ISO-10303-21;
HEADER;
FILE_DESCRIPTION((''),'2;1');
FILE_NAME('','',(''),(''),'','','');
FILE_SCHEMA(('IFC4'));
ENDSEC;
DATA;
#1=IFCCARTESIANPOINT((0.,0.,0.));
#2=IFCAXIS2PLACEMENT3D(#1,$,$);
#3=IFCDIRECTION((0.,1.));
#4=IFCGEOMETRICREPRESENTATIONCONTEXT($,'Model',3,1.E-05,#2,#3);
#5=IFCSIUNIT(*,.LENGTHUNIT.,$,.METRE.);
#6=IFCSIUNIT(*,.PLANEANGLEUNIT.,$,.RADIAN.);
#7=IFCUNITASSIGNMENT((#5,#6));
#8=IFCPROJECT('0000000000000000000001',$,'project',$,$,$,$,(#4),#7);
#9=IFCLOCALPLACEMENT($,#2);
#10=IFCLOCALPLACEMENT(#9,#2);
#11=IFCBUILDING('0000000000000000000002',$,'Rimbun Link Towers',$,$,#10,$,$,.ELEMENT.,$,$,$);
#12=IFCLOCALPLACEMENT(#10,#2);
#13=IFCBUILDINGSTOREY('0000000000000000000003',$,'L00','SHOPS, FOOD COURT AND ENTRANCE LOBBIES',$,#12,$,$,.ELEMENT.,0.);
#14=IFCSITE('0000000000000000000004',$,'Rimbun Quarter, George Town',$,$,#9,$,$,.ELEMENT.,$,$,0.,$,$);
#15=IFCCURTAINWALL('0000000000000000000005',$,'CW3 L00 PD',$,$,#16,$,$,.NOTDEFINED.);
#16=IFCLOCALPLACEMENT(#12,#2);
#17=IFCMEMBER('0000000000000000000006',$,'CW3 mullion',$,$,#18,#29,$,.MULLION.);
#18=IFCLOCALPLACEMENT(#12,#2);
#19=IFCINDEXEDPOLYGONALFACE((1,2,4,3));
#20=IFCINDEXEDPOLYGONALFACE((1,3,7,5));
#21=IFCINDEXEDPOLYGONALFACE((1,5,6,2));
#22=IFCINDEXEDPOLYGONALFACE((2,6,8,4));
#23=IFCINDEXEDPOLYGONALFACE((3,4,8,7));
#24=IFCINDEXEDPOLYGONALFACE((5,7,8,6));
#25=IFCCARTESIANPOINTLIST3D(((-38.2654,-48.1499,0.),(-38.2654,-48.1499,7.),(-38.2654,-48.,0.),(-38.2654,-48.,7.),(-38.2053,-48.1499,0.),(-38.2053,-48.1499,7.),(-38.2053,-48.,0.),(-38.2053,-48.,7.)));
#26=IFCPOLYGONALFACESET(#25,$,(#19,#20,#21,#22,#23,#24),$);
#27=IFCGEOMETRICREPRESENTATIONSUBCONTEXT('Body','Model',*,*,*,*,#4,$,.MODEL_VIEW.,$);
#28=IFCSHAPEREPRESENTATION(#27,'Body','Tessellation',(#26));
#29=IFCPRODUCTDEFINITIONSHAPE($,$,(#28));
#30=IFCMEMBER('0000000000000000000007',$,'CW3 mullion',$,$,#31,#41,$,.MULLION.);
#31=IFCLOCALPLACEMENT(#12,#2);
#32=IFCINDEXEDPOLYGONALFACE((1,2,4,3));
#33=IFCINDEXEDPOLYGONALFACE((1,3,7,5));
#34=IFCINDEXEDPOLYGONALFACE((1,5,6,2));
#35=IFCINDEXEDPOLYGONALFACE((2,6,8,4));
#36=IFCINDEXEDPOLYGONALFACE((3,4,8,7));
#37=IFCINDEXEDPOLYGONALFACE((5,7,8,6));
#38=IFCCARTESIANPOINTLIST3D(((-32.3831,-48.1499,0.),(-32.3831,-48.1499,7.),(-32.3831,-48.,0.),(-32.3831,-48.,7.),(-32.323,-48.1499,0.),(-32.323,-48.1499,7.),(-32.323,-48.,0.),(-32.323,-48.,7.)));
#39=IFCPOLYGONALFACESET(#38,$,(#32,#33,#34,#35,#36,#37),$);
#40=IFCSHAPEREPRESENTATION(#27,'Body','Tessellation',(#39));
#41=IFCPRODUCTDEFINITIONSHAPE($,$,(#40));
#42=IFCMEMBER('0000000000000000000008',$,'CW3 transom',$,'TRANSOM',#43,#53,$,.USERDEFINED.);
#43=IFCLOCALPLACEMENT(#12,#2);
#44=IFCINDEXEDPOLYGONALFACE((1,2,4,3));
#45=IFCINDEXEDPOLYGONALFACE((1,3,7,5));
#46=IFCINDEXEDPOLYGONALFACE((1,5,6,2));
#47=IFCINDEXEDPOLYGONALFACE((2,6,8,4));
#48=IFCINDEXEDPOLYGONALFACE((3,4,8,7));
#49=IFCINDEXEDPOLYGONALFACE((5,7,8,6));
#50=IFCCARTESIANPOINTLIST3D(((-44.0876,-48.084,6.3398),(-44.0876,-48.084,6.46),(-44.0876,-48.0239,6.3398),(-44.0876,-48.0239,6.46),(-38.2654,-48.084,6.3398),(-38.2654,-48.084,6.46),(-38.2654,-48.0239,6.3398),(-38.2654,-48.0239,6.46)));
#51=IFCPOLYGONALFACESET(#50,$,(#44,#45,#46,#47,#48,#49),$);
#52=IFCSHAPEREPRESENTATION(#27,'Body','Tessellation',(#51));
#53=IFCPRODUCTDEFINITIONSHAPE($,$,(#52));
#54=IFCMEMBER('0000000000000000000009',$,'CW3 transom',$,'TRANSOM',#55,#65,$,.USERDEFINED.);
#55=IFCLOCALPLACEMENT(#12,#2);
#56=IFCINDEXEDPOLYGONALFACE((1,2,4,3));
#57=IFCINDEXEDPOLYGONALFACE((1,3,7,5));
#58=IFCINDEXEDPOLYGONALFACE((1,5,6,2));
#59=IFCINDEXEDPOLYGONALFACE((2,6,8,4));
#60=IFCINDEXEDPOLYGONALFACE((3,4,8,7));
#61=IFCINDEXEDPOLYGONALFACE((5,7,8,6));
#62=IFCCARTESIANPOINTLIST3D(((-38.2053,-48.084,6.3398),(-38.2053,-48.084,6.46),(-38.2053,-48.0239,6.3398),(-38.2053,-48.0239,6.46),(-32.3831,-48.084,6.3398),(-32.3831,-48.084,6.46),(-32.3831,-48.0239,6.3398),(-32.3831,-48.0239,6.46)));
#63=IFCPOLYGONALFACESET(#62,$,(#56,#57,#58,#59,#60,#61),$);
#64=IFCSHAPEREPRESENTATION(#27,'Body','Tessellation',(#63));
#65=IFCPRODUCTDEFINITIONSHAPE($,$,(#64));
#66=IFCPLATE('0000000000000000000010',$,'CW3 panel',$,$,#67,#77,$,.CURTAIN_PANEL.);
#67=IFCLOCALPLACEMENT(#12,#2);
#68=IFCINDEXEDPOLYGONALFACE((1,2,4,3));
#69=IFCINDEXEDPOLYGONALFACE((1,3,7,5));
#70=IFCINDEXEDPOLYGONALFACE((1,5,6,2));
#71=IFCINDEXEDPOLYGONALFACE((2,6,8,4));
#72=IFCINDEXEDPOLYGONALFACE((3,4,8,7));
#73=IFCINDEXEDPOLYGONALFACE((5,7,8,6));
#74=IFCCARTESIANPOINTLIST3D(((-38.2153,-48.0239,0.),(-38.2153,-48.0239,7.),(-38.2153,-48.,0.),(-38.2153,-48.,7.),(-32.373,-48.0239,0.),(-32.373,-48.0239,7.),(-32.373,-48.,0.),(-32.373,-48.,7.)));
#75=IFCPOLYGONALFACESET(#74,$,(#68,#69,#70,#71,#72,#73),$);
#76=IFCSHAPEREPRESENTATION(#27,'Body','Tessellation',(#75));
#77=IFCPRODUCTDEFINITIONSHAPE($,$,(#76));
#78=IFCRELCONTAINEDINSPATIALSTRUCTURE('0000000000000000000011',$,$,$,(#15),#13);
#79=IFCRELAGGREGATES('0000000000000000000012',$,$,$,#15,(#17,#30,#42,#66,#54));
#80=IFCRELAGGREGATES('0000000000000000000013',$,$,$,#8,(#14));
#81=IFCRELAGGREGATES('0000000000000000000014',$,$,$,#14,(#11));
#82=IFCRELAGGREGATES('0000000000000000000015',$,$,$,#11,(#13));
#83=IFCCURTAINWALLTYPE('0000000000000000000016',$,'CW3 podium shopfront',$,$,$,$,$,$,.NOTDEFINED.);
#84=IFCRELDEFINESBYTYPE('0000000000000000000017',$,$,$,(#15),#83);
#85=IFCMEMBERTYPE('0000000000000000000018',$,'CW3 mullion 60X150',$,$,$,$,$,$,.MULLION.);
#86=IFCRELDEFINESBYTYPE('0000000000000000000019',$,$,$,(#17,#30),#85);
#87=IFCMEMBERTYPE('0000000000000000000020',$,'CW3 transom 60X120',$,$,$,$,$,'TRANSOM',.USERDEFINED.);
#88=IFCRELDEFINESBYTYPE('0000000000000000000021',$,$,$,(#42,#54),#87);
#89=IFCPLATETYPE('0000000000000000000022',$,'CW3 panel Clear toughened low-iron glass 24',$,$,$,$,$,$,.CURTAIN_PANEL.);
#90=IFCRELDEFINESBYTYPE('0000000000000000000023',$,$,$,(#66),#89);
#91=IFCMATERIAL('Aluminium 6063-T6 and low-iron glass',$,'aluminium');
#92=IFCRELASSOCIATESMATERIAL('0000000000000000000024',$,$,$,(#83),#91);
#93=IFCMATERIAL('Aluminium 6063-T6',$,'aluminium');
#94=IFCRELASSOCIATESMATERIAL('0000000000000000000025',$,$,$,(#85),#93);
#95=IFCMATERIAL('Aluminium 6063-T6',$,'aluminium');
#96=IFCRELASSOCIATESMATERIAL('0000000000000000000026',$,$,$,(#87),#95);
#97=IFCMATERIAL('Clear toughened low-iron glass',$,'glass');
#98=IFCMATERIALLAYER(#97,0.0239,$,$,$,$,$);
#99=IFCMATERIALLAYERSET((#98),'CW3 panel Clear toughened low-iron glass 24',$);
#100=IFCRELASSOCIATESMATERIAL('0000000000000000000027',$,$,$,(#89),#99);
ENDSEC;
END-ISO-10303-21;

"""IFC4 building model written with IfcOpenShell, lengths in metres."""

from ifc_helpers import new_model, si_unit, direction, frame, origin, origin_2d, place, context, subcontext, project, spatial, rectangle, extrude, material, layer, layer_set, material_profile, profile_set, type_object, element, aggregate, save


model = new_model("IFC4")

# Units and contexts
model_context = context("Model", 3, precision=1e-05, world=origin(), true_north=direction((0.0, 1.0)))
body_context = subcontext(model_context, "Body", "Model", "MODEL_VIEW")
ifc_project = project(units=[si_unit("LENGTHUNIT", "METRE"), si_unit("PLANEANGLEUNIT", "RADIAN")], contexts=[model_context])

# Site, building, storey
site_placement = place(None, origin())
site = spatial("IfcSite", under=ifc_project, at=site_placement, Name="Rimbun Quarter, George Town", CompositionType="ELEMENT", RefElevation=0.0)
building_placement = place(site_placement, origin())
building = spatial("IfcBuilding", under=site, at=building_placement, Name="Rimbun Link Towers", CompositionType="ELEMENT")
storey_placement = place(building_placement, origin())
storey = spatial("IfcBuildingStorey", under=building, at=storey_placement, Name="L00", Description="SHOPS, FOOD COURT AND ENTRANCE LOBBIES", CompositionType="ELEMENT", Elevation=0.0)

# Curtain wall, members, plate
ifc_material_1 = material(Name="Aluminium 6063-T6 and low-iron glass", Category="aluminium")
curtain_wall_type = type_object("IfcCurtainWallType", Name="CW3 podium shopfront", PredefinedType="NOTDEFINED", material=ifc_material_1)
curtain_wall_placement = place(storey_placement, origin())
curtain_wall = element("IfcCurtainWall", 1, at=curtain_wall_placement, inside=storey, type_object=curtain_wall_type, Name="CW3 L00 PD", PredefinedType="NOTDEFINED")
ifc_material_2 = material(Name="Aluminium 6063-T6", Category="aluminium")
ifc_material_profile_1 = material_profile(ifc_material_2, rectangle(XDim=0.1499, YDim=0.0601, at=origin_2d()), Name="MULLION 60X150")
ifc_profile_set_1 = profile_set([ifc_material_profile_1], Name="Aluminium 6063-T6")
member_type_1 = type_object("IfcMemberType", Name="CW3 mullion 60X150", PredefinedType="MULLION", material=ifc_profile_set_1)
member_1_placement = place(storey_placement, frame((-38.2354, -48.075, 0.0), z_axis=(0.0, 0.0, 1.0), x_axis=(0.0, -1.0, 0.0)))
member_1 = element("IfcMember", 2, at=member_1_placement, type_object=member_type_1, Name="CW3 mullion", PredefinedType="MULLION", context=body_context, shape_type="SweptSolid", body=[
    extrude(rectangle(XDim=0.1499, YDim=0.0601, at=origin_2d()), origin(), (0.0, 0.0, 1.0), 7.0),
])
member_2_placement = place(storey_placement, frame((-32.353, -48.075, 0.0), z_axis=(0.0, 0.0, 1.0), x_axis=(0.0, -1.0, 0.0)))
member_2 = element("IfcMember", 3, at=member_2_placement, type_object=member_type_1, Name="CW3 mullion", PredefinedType="MULLION", context=body_context, shape_type="SweptSolid", body=[
    extrude(rectangle(XDim=0.1499, YDim=0.0601, at=origin_2d()), origin(), (0.0, 0.0, 1.0), 7.0),
])
ifc_material_3 = material(Name="Aluminium 6063-T6", Category="aluminium")
ifc_material_profile_2 = material_profile(ifc_material_3, rectangle(XDim=0.0601, YDim=0.1201, at=origin_2d()), Name="TRANSOM 60X120")
ifc_profile_set_2 = profile_set([ifc_material_profile_2], Name="Aluminium 6063-T6")
member_type_2 = type_object("IfcMemberType", Name="CW3 transom 60X120", ElementType="TRANSOM", PredefinedType="USERDEFINED", material=ifc_profile_set_2)
member_3_placement = place(storey_placement, frame((-38.2654, -48.054, 6.3999), z_axis=(-1.0, 0.0, 0.0), x_axis=(0.0, -1.0, 0.0)))
member_3 = element("IfcMember", 4, at=member_3_placement, type_object=member_type_2, Name="CW3 transom", ObjectType="TRANSOM", PredefinedType="USERDEFINED", context=body_context, shape_type="SweptSolid", body=[
    extrude(rectangle(XDim=0.0601, YDim=0.1201, at=origin_2d()), origin(), (0.0, 0.0, 1.0), 5.8223),
])
member_4_placement = place(storey_placement, frame((-32.3831, -48.054, 6.3999), z_axis=(-1.0, 0.0, 0.0), x_axis=(0.0, -1.0, 0.0)))
member_4 = element("IfcMember", 5, at=member_4_placement, type_object=member_type_2, Name="CW3 transom", ObjectType="TRANSOM", PredefinedType="USERDEFINED", context=body_context, shape_type="SweptSolid", body=[
    extrude(rectangle(XDim=0.0601, YDim=0.1201, at=origin_2d()), origin(), (0.0, 0.0, 1.0), 5.8223),
])
ifc_material_4 = material(Name="Clear toughened low-iron glass", Category="glass")
ifc_layer = layer(ifc_material_4, 0.0239)
ifc_layer_set = layer_set([ifc_layer], Name="CW3 panel Clear toughened low-iron glass 24")
plate_type = type_object("IfcPlateType", Name="CW3 panel Clear toughened low-iron glass 24", PredefinedType="CURTAIN_PANEL", material=ifc_layer_set)
plate_placement = place(storey_placement, frame((-35.2942, -48.012, 0.0), z_axis=(0.0, 0.0, 1.0), x_axis=(-1.0, 0.0, 0.0)))
plate = element("IfcPlate", 6, at=plate_placement, type_object=plate_type, Name="CW3 panel", PredefinedType="CURTAIN_PANEL", context=body_context, shape_type="SweptSolid", body=[
    extrude(rectangle(XDim=5.8423, YDim=0.0239, at=origin_2d()), origin(), (0.0, 0.0, 1.0), 7.0),
])
aggregate(curtain_wall, [member_1, member_2, member_3, plate, member_4])

save(model, "model.ifc")
